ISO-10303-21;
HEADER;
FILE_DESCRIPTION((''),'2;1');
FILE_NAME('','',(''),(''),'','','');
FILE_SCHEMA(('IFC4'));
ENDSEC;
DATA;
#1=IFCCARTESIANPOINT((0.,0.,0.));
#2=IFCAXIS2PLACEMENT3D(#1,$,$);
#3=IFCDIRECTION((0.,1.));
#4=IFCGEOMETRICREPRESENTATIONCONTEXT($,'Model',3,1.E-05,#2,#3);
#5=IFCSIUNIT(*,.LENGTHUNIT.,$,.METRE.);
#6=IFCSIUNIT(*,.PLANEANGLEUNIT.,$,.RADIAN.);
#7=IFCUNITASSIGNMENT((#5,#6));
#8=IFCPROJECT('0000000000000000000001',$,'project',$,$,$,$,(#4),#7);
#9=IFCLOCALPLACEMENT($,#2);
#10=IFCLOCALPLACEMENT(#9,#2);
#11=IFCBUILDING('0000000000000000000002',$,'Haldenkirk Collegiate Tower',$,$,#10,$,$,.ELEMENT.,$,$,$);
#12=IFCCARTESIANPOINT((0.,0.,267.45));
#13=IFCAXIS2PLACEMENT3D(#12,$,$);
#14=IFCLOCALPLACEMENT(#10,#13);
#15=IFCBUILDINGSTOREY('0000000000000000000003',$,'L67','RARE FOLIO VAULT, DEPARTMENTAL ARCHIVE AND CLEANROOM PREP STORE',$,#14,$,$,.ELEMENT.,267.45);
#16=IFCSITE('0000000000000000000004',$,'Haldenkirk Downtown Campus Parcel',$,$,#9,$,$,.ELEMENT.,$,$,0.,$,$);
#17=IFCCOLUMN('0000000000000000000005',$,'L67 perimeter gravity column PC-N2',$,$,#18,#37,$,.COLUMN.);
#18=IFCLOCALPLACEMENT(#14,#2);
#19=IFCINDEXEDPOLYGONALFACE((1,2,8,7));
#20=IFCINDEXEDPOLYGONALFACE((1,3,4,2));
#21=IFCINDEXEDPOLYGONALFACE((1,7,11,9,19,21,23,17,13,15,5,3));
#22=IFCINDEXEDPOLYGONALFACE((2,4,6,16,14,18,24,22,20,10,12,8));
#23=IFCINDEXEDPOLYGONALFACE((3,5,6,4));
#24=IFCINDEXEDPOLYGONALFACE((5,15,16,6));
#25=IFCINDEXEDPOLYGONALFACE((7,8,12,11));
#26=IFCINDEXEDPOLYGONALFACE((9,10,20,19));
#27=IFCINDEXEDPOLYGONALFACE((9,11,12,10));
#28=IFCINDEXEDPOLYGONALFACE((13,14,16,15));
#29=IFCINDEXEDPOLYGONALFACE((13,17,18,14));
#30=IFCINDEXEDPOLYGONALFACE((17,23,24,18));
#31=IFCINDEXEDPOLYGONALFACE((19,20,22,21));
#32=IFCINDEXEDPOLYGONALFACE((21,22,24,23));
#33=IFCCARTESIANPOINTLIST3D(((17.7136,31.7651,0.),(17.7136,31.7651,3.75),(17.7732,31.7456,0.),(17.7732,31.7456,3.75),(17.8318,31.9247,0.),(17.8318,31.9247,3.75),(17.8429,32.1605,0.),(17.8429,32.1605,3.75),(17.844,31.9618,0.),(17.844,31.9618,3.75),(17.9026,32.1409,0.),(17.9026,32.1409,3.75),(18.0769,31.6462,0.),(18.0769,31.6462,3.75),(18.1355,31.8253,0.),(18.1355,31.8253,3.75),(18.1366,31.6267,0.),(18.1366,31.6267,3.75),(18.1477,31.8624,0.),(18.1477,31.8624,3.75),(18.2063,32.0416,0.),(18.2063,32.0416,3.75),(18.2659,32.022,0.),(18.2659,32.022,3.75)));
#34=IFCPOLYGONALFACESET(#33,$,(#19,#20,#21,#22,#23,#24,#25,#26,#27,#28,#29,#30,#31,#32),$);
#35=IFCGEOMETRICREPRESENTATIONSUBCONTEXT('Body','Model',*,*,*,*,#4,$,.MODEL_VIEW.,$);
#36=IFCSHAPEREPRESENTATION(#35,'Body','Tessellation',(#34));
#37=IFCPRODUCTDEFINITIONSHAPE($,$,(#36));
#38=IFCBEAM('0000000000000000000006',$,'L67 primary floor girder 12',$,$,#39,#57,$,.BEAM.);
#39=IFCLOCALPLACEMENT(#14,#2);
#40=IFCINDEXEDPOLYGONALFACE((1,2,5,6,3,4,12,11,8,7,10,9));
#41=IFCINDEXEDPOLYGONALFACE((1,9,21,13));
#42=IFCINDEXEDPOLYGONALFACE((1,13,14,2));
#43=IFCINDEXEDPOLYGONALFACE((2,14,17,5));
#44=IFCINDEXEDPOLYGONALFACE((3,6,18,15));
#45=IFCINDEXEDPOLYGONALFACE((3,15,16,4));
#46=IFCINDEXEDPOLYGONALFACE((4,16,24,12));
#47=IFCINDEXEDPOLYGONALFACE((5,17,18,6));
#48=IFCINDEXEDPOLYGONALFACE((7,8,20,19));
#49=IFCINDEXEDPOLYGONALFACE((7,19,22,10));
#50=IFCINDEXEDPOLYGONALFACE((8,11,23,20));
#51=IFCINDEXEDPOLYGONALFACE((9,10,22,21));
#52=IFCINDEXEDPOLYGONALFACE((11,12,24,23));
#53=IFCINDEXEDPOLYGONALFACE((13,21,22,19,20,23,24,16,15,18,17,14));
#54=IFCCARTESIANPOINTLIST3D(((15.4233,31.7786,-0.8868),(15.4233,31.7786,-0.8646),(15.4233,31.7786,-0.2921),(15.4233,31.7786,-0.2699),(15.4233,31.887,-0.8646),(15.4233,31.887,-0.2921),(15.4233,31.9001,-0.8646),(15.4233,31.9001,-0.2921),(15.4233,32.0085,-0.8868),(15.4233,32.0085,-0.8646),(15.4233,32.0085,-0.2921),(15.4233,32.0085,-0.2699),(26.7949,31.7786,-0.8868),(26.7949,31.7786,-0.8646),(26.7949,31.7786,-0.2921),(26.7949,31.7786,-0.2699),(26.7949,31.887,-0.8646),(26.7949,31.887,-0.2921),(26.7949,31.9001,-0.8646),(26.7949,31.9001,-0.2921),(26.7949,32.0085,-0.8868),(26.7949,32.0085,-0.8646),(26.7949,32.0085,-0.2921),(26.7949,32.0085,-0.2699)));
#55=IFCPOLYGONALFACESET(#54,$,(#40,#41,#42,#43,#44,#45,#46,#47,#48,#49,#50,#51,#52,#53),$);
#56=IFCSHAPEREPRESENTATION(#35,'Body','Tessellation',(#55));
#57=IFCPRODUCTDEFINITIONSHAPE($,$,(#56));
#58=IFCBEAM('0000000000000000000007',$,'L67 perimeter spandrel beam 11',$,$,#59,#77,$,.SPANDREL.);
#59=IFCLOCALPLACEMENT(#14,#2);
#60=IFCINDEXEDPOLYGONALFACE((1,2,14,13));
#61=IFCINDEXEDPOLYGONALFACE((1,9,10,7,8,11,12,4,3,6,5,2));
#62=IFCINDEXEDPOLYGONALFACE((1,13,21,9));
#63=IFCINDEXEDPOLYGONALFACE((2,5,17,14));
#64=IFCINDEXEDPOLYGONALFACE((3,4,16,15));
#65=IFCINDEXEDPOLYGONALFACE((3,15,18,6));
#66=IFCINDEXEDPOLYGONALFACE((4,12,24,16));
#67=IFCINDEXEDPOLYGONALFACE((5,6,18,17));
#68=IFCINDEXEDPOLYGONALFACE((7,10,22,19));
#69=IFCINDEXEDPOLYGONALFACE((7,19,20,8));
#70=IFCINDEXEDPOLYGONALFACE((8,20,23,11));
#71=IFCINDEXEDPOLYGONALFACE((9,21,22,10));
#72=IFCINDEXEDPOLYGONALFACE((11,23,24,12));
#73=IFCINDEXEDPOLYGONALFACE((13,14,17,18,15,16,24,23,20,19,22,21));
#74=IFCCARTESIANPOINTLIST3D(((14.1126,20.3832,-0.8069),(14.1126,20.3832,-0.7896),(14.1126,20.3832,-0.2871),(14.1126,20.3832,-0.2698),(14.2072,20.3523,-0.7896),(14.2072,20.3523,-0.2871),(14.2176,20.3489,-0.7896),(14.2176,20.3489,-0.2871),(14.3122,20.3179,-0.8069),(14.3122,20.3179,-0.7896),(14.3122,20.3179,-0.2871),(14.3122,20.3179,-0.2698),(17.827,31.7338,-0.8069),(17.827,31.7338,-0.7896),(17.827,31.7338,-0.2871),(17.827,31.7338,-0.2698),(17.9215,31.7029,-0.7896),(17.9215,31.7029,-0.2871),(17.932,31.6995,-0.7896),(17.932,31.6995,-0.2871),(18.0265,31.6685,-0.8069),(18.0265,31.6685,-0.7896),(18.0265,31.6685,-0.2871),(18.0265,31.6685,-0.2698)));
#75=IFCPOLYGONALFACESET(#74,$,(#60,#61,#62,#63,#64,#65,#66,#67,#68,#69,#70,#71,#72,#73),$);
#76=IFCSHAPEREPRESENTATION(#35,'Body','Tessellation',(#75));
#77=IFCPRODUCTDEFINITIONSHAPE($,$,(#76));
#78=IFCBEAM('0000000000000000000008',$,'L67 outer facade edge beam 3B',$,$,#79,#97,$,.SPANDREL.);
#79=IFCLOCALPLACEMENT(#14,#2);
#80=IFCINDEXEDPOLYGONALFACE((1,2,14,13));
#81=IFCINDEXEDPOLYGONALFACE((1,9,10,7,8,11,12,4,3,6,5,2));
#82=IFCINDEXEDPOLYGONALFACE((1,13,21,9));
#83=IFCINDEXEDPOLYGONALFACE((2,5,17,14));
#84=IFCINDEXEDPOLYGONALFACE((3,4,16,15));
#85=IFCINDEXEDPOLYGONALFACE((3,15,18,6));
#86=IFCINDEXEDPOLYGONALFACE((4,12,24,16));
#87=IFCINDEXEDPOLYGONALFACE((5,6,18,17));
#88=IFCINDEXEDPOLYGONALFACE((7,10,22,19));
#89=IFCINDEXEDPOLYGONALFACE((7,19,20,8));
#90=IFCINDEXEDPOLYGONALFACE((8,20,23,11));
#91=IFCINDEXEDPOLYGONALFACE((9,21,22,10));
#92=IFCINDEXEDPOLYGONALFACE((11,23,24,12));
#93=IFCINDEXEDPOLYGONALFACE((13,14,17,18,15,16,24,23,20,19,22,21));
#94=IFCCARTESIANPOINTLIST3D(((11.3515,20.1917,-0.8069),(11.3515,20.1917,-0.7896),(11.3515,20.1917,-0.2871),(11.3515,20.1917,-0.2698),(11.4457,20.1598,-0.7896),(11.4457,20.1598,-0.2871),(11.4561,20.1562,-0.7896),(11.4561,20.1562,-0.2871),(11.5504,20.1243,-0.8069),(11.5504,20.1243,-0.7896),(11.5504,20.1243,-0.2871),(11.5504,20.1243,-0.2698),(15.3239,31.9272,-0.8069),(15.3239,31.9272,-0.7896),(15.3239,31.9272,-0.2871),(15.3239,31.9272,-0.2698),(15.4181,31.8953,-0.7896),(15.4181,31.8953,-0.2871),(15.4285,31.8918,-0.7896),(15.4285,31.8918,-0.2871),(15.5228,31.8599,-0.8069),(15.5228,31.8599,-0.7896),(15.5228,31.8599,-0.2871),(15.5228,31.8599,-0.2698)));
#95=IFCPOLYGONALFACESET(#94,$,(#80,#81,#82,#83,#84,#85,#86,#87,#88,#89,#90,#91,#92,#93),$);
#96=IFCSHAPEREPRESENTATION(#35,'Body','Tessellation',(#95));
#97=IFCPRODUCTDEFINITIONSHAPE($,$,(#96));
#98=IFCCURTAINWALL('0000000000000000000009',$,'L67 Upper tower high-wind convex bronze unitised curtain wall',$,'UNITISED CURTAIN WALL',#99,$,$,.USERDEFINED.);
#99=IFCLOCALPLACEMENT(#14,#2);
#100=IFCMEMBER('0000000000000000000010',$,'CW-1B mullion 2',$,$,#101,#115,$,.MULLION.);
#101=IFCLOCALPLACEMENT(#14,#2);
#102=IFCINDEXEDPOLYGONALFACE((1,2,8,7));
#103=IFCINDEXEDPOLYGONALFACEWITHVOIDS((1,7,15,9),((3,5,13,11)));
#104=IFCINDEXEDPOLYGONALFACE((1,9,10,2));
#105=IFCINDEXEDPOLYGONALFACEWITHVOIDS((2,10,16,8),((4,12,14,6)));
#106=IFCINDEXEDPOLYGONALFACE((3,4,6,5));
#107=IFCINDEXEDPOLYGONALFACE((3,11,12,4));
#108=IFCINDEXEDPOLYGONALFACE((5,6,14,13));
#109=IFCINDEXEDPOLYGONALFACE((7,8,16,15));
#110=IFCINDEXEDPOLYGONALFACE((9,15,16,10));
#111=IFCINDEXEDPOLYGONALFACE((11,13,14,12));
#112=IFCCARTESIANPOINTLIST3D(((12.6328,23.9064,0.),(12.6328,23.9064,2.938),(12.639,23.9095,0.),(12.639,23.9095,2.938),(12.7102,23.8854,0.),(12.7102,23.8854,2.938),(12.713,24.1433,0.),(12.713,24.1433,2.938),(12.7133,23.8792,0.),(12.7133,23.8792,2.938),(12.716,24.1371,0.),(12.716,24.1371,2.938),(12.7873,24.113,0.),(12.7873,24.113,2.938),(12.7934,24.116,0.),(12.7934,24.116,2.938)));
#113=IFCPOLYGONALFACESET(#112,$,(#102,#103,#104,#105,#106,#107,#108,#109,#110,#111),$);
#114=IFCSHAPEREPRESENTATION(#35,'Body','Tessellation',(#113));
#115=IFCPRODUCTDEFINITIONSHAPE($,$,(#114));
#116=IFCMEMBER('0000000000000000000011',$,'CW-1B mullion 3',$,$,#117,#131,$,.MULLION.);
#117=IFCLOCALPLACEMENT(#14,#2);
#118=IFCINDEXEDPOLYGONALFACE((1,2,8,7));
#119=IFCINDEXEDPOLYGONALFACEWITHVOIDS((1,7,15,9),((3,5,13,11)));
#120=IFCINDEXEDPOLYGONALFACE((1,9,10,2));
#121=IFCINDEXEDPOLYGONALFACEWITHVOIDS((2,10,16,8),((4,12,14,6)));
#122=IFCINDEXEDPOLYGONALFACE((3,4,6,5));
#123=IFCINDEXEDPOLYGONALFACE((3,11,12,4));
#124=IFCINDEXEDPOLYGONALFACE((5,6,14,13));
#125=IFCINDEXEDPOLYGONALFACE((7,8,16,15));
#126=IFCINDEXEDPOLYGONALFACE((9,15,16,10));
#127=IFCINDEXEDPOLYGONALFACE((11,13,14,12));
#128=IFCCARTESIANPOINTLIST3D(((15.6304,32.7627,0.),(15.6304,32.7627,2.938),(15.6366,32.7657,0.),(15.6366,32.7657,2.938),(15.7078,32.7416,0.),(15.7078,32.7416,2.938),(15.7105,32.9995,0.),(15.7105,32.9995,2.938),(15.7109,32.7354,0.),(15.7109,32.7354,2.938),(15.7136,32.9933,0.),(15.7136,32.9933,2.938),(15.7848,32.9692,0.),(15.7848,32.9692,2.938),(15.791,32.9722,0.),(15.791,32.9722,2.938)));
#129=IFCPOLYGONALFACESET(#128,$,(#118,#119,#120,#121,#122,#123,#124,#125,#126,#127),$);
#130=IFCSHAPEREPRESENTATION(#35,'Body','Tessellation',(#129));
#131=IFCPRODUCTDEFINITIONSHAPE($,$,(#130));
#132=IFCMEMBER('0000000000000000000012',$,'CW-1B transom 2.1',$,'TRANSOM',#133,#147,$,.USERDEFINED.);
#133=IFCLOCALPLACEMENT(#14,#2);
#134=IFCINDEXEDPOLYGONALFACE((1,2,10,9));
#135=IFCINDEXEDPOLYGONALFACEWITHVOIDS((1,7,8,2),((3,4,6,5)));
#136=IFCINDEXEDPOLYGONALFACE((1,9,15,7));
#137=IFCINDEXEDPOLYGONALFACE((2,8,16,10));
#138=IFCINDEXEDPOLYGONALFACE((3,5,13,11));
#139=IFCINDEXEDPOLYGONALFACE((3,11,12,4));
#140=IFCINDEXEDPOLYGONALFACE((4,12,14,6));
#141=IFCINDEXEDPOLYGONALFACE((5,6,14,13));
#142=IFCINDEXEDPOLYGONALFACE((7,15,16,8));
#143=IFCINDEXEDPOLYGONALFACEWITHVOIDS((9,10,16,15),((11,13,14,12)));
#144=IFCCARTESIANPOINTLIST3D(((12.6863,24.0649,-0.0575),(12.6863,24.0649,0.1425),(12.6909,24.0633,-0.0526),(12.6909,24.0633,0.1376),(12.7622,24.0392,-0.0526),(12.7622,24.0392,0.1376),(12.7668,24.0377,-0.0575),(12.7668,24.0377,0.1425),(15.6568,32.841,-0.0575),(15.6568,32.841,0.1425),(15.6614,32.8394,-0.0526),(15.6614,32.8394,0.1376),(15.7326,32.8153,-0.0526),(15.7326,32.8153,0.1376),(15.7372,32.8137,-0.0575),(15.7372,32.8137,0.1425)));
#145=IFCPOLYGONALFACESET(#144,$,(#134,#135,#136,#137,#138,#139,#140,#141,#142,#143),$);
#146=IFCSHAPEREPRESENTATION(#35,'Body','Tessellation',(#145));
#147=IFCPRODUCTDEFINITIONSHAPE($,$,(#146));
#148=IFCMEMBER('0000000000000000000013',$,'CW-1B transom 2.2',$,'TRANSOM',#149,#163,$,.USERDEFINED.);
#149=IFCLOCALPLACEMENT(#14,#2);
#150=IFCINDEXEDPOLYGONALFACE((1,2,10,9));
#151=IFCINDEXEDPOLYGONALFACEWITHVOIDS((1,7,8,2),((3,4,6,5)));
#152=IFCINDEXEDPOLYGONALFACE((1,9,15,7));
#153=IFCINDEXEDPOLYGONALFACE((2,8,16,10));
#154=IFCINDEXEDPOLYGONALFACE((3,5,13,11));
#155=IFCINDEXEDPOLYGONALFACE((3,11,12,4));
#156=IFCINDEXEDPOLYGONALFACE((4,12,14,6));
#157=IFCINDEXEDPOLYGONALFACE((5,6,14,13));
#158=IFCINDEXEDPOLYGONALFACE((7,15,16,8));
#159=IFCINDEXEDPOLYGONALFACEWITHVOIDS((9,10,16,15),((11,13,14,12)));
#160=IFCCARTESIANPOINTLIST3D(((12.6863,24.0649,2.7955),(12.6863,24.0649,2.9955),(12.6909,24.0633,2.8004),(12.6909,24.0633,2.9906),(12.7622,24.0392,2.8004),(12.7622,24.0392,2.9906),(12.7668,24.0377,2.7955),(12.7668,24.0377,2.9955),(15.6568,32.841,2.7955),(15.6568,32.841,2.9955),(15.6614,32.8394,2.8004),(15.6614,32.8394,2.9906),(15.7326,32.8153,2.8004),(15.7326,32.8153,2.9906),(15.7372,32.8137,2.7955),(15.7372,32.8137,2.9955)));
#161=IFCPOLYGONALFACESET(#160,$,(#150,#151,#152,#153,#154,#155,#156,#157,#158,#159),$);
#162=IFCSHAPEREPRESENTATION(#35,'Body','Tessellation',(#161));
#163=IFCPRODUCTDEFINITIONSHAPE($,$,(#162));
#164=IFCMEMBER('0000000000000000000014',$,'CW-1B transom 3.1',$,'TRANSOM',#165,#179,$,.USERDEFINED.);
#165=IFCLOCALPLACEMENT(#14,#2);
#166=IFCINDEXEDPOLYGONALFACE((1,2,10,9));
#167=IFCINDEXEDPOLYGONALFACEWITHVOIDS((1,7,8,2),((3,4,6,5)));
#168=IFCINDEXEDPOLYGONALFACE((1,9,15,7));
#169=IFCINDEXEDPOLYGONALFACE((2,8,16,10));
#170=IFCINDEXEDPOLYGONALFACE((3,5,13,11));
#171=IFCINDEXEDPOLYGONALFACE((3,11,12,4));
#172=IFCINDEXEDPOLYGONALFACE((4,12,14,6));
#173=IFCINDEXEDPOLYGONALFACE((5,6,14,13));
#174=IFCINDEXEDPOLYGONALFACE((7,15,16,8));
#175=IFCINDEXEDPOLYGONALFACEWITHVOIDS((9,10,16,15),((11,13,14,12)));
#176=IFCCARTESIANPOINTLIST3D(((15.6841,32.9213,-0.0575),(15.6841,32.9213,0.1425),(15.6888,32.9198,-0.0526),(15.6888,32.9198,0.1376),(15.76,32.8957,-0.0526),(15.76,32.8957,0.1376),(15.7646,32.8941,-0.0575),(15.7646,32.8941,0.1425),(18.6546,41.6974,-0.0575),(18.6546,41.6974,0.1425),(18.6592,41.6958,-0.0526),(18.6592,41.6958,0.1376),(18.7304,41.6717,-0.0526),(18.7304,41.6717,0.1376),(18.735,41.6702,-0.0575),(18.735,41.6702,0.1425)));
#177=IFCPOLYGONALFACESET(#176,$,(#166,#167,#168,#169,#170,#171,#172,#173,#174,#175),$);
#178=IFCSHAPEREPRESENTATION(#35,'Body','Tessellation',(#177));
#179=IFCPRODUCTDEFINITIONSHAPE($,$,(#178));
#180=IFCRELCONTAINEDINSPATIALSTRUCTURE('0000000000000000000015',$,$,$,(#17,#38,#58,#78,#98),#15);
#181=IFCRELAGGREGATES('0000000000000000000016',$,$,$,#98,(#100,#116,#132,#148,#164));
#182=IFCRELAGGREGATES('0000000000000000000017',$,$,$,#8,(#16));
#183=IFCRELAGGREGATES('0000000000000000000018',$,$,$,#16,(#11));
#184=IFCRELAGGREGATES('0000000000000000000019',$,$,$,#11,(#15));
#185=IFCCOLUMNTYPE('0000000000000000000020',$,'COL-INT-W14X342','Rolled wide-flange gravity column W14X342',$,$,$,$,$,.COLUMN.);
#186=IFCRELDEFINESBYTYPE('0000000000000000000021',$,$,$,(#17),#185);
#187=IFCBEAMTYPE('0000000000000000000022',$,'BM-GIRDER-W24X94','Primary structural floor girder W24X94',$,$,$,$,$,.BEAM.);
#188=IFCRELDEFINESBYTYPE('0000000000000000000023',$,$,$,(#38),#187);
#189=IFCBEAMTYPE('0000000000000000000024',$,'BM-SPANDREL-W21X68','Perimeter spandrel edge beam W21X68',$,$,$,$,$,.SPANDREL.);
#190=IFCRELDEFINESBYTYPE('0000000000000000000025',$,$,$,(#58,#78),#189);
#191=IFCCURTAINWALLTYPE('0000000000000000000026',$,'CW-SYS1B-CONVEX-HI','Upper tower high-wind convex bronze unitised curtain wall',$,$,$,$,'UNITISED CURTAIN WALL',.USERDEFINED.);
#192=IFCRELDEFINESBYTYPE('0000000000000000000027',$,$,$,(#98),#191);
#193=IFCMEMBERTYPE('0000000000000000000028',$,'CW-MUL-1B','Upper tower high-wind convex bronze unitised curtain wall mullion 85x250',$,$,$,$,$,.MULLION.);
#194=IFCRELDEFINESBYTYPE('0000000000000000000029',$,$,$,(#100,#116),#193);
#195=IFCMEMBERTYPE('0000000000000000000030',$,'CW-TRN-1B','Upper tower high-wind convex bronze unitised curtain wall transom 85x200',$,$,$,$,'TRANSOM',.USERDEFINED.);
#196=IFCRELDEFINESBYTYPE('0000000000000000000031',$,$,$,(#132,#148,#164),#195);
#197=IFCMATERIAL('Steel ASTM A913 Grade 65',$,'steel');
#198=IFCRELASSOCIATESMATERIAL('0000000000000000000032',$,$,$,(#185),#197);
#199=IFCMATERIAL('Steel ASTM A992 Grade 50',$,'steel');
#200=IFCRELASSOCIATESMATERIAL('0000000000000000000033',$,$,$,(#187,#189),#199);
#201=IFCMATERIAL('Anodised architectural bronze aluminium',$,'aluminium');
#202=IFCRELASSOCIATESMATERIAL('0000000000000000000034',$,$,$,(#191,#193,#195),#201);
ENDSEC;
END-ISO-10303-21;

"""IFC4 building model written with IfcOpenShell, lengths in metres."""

from ifc_helpers import new_model, si_unit, direction, frame, origin, origin_2d, place, context, subcontext, project, spatial, hollow_rectangle, i_section, extrude, material, material_profile, profile_set, type_object, element, aggregate, save


model = new_model("IFC4")

# Units and contexts
model_context = context("Model", 3, precision=1e-05, world=origin(), true_north=direction((0.0, 1.0)))
body_context = subcontext(model_context, "Body", "Model", "MODEL_VIEW")
ifc_project = project(units=[si_unit("LENGTHUNIT", "METRE"), si_unit("PLANEANGLEUNIT", "RADIAN")], contexts=[model_context])

# Site, building, storey
site_placement = place(None, origin())
site = spatial("IfcSite", under=ifc_project, at=site_placement, Name="Haldenkirk Downtown Campus Parcel", CompositionType="ELEMENT", RefElevation=0.0)
building_placement = place(site_placement, origin())
building = spatial("IfcBuilding", under=site, at=building_placement, Name="Haldenkirk Collegiate Tower", CompositionType="ELEMENT")
storey_placement = place(building_placement, frame((0.0, 0.0, 267.45)))
storey = spatial("IfcBuildingStorey", under=building, at=storey_placement, Name="L67", Description="RARE FOLIO VAULT, DEPARTMENTAL ARCHIVE AND CLEANROOM PREP STORE", CompositionType="ELEMENT", Elevation=267.45)

# Column
ifc_material_1 = material(Name="Steel ASTM A913 Grade 65", Category="steel")
ifc_material_profile_1 = material_profile(ifc_material_1, i_section(OverallWidth=0.416, OverallDepth=0.4451, WebThickness=0.0391, FlangeThickness=0.0627, at=origin_2d()), Name="W14X342")
ifc_profile_set_1 = profile_set([ifc_material_profile_1], Name="Steel ASTM A913 Grade 65")
column_type = type_object("IfcColumnType", Name="COL-INT-W14X342", Description="Rolled wide-flange gravity column W14X342", PredefinedType="COLUMN", material=ifc_profile_set_1)
column_placement = place(storey_placement, frame((17.9897, 31.8936, 0.0), z_axis=(0.0, 0.0, 1.0), x_axis=(0.311008, 0.950407, 0.0)))
element("IfcColumn", 1, at=column_placement, inside=storey, type_object=column_type, Name="L67 perimeter gravity column PC-N2", PredefinedType="COLUMN", context=body_context, shape_type="SweptSolid", body=[
    extrude(i_section(OverallWidth=0.416, OverallDepth=0.4451, WebThickness=0.0391, FlangeThickness=0.0627, at=origin_2d()), origin(), (0.0, 0.0, 1.0), 3.75),
])

# Beams
ifc_material_2 = material(Name="Steel ASTM A992 Grade 50", Category="steel")
ifc_material_profile_2 = material_profile(ifc_material_2, i_section(OverallWidth=0.23, OverallDepth=0.6169, WebThickness=0.0132, FlangeThickness=0.0222, at=origin_2d()), Name="W24X94")
ifc_profile_set_2 = profile_set([ifc_material_profile_2], Name="Steel ASTM A992 Grade 50")
beam_type_1 = type_object("IfcBeamType", Name="BM-GIRDER-W24X94", Description="Primary structural floor girder W24X94", PredefinedType="BEAM", material=ifc_profile_set_2)
beam_1_placement = place(storey_placement, frame((15.4233, 31.8936, -0.5784), z_axis=(1.0, 0.0, 0.0), x_axis=(0.0, 1.0, 0.0)))
element("IfcBeam", 2, at=beam_1_placement, inside=storey, type_object=beam_type_1, Name="L67 primary floor girder 12", PredefinedType="BEAM", context=body_context, shape_type="SweptSolid", body=[
    extrude(i_section(OverallWidth=0.23, OverallDepth=0.6169, WebThickness=0.0132, FlangeThickness=0.0222, at=origin_2d()), origin(), (0.0, 0.0, 1.0), 11.3716),
])
ifc_material_profile_3 = material_profile(ifc_material_2, i_section(OverallWidth=0.21, OverallDepth=0.5371, WebThickness=0.011, FlangeThickness=0.0173, at=origin_2d()), Name="W21X68")
ifc_profile_set_3 = profile_set([ifc_material_profile_3], Name="Steel ASTM A992 Grade 50")
beam_type_2 = type_object("IfcBeamType", Name="BM-SPANDREL-W21X68", Description="Perimeter spandrel edge beam W21X68", PredefinedType="SPANDREL", material=ifc_profile_set_3)
beam_2_placement = place(storey_placement, frame((17.9268, 31.7012, -0.5383), z_axis=(-0.31101, -0.950407, 0.0), x_axis=(0.950407, -0.31101, 0.0)))
element("IfcBeam", 3, at=beam_2_placement, inside=storey, type_object=beam_type_2, Name="L67 perimeter spandrel beam 11", PredefinedType="SPANDREL", context=body_context, shape_type="SweptSolid", body=[
    extrude(i_section(OverallWidth=0.21, OverallDepth=0.5371, WebThickness=0.011, FlangeThickness=0.0173, at=origin_2d()), origin(), (0.0, 0.0, 1.0), 11.9429),
])
beam_3_placement = place(storey_placement, frame((15.4233, 31.8936, -0.5383), z_axis=(-0.320623, -0.947207, 0.0), x_axis=(0.947207, -0.320623, 0.0)))
element("IfcBeam", 4, at=beam_3_placement, inside=storey, type_object=beam_type_2, Name="L67 outer facade edge beam 3B", PredefinedType="SPANDREL", context=body_context, shape_type="SweptSolid", body=[
    extrude(i_section(OverallWidth=0.21, OverallDepth=0.5371, WebThickness=0.011, FlangeThickness=0.0173, at=origin_2d()), origin(), (0.0, 0.0, 1.0), 12.3896),
])

# Curtain wall, members
ifc_material_3 = material(Name="Anodised architectural bronze aluminium", Category="aluminium")
curtain_wall_type = type_object("IfcCurtainWallType", Name="CW-SYS1B-CONVEX-HI", Description="Upper tower high-wind convex bronze unitised curtain wall", ElementType="UNITISED CURTAIN WALL", PredefinedType="USERDEFINED", material=ifc_material_3)
curtain_wall_placement = place(storey_placement, origin())
curtain_wall = element("IfcCurtainWall", 5, at=curtain_wall_placement, inside=storey, type_object=curtain_wall_type, Name="L67 Upper tower high-wind convex bronze unitised curtain wall", ObjectType="UNITISED CURTAIN WALL", PredefinedType="USERDEFINED")
ifc_material_profile_4 = material_profile(ifc_material_3, hollow_rectangle(XDim=0.085, YDim=0.25, WallThickness=0.0049, at=origin_2d()), Name="CW-MUL-1B")
ifc_profile_set_4 = profile_set([ifc_material_profile_4], Name="Anodised architectural bronze aluminium")
member_type_1 = type_object("IfcMemberType", Name="CW-MUL-1B", Description="Upper tower high-wind convex bronze unitised curtain wall mullion 85x250", PredefinedType="MULLION", material=ifc_profile_set_4)
member_1_placement = place(storey_placement, frame((12.7131, 24.0112, 0.0), z_axis=(0.0, 0.0, 1.0), x_axis=(-0.947211, 0.320612, 0.0)))
member_1 = element("IfcMember", 6, at=member_1_placement, type_object=member_type_1, Name="CW-1B mullion 2", PredefinedType="MULLION", context=body_context, shape_type="SweptSolid", body=[
    extrude(hollow_rectangle(XDim=0.085, YDim=0.25, WallThickness=0.0049, at=origin_2d()), origin(), (0.0, 0.0, 1.0), 2.938),
])
member_2_placement = place(storey_placement, frame((15.7107, 32.8674, 0.0), z_axis=(0.0, 0.0, 1.0), x_axis=(-0.947211, 0.320612, 0.0)))
member_2 = element("IfcMember", 7, at=member_2_placement, type_object=member_type_1, Name="CW-1B mullion 3", PredefinedType="MULLION", context=body_context, shape_type="SweptSolid", body=[
    extrude(hollow_rectangle(XDim=0.085, YDim=0.25, WallThickness=0.0049, at=origin_2d()), origin(), (0.0, 0.0, 1.0), 2.938),
])
ifc_material_profile_5 = material_profile(ifc_material_3, hollow_rectangle(XDim=0.085, YDim=0.2, WallThickness=0.0049, at=origin_2d()), Name="CW-TRN-1B")
ifc_profile_set_5 = profile_set([ifc_material_profile_5], Name="Anodised architectural bronze aluminium")
member_type_2 = type_object("IfcMemberType", Name="CW-TRN-1B", Description="Upper tower high-wind convex bronze unitised curtain wall transom 85x200", ElementType="TRANSOM", PredefinedType="USERDEFINED", material=ifc_profile_set_5)
member_3_placement = place(storey_placement, frame((12.7266, 24.0513, 0.0425), z_axis=(0.320604, 0.947213, 0.0), x_axis=(-0.947213, 0.320604, 0.0)))
member_3 = element("IfcMember", 8, at=member_3_placement, type_object=member_type_2, Name="CW-1B transom 2.1", ObjectType="TRANSOM", PredefinedType="USERDEFINED", context=body_context, shape_type="SweptSolid", body=[
    extrude(hollow_rectangle(XDim=0.085, YDim=0.2, WallThickness=0.0049, at=origin_2d()), origin(), (0.0, 0.0, 1.0), 9.2651),
])
member_4_placement = place(storey_placement, frame((12.7266, 24.0513, 2.8955), z_axis=(0.320604, 0.947213, 0.0), x_axis=(-0.947213, 0.320604, 0.0)))
member_4 = element("IfcMember", 9, at=member_4_placement, type_object=member_type_2, Name="CW-1B transom 2.2", ObjectType="TRANSOM", PredefinedType="USERDEFINED", context=body_context, shape_type="SweptSolid", body=[
    extrude(hollow_rectangle(XDim=0.085, YDim=0.2, WallThickness=0.0049, at=origin_2d()), origin(), (0.0, 0.0, 1.0), 9.2651),
])
member_5_placement = place(storey_placement, frame((15.7244, 32.9077, 0.0425), z_axis=(0.320604, 0.947213, 0.0), x_axis=(-0.947213, 0.320604, 0.0)))
member_5 = element("IfcMember", 10, at=member_5_placement, type_object=member_type_2, Name="CW-1B transom 3.1", ObjectType="TRANSOM", PredefinedType="USERDEFINED", context=body_context, shape_type="SweptSolid", body=[
    extrude(hollow_rectangle(XDim=0.085, YDim=0.2, WallThickness=0.0049, at=origin_2d()), origin(), (0.0, 0.0, 1.0), 9.2651),
])
aggregate(curtain_wall, [member_1, member_2, member_3, member_4, member_5])

save(model, "model.ifc")
